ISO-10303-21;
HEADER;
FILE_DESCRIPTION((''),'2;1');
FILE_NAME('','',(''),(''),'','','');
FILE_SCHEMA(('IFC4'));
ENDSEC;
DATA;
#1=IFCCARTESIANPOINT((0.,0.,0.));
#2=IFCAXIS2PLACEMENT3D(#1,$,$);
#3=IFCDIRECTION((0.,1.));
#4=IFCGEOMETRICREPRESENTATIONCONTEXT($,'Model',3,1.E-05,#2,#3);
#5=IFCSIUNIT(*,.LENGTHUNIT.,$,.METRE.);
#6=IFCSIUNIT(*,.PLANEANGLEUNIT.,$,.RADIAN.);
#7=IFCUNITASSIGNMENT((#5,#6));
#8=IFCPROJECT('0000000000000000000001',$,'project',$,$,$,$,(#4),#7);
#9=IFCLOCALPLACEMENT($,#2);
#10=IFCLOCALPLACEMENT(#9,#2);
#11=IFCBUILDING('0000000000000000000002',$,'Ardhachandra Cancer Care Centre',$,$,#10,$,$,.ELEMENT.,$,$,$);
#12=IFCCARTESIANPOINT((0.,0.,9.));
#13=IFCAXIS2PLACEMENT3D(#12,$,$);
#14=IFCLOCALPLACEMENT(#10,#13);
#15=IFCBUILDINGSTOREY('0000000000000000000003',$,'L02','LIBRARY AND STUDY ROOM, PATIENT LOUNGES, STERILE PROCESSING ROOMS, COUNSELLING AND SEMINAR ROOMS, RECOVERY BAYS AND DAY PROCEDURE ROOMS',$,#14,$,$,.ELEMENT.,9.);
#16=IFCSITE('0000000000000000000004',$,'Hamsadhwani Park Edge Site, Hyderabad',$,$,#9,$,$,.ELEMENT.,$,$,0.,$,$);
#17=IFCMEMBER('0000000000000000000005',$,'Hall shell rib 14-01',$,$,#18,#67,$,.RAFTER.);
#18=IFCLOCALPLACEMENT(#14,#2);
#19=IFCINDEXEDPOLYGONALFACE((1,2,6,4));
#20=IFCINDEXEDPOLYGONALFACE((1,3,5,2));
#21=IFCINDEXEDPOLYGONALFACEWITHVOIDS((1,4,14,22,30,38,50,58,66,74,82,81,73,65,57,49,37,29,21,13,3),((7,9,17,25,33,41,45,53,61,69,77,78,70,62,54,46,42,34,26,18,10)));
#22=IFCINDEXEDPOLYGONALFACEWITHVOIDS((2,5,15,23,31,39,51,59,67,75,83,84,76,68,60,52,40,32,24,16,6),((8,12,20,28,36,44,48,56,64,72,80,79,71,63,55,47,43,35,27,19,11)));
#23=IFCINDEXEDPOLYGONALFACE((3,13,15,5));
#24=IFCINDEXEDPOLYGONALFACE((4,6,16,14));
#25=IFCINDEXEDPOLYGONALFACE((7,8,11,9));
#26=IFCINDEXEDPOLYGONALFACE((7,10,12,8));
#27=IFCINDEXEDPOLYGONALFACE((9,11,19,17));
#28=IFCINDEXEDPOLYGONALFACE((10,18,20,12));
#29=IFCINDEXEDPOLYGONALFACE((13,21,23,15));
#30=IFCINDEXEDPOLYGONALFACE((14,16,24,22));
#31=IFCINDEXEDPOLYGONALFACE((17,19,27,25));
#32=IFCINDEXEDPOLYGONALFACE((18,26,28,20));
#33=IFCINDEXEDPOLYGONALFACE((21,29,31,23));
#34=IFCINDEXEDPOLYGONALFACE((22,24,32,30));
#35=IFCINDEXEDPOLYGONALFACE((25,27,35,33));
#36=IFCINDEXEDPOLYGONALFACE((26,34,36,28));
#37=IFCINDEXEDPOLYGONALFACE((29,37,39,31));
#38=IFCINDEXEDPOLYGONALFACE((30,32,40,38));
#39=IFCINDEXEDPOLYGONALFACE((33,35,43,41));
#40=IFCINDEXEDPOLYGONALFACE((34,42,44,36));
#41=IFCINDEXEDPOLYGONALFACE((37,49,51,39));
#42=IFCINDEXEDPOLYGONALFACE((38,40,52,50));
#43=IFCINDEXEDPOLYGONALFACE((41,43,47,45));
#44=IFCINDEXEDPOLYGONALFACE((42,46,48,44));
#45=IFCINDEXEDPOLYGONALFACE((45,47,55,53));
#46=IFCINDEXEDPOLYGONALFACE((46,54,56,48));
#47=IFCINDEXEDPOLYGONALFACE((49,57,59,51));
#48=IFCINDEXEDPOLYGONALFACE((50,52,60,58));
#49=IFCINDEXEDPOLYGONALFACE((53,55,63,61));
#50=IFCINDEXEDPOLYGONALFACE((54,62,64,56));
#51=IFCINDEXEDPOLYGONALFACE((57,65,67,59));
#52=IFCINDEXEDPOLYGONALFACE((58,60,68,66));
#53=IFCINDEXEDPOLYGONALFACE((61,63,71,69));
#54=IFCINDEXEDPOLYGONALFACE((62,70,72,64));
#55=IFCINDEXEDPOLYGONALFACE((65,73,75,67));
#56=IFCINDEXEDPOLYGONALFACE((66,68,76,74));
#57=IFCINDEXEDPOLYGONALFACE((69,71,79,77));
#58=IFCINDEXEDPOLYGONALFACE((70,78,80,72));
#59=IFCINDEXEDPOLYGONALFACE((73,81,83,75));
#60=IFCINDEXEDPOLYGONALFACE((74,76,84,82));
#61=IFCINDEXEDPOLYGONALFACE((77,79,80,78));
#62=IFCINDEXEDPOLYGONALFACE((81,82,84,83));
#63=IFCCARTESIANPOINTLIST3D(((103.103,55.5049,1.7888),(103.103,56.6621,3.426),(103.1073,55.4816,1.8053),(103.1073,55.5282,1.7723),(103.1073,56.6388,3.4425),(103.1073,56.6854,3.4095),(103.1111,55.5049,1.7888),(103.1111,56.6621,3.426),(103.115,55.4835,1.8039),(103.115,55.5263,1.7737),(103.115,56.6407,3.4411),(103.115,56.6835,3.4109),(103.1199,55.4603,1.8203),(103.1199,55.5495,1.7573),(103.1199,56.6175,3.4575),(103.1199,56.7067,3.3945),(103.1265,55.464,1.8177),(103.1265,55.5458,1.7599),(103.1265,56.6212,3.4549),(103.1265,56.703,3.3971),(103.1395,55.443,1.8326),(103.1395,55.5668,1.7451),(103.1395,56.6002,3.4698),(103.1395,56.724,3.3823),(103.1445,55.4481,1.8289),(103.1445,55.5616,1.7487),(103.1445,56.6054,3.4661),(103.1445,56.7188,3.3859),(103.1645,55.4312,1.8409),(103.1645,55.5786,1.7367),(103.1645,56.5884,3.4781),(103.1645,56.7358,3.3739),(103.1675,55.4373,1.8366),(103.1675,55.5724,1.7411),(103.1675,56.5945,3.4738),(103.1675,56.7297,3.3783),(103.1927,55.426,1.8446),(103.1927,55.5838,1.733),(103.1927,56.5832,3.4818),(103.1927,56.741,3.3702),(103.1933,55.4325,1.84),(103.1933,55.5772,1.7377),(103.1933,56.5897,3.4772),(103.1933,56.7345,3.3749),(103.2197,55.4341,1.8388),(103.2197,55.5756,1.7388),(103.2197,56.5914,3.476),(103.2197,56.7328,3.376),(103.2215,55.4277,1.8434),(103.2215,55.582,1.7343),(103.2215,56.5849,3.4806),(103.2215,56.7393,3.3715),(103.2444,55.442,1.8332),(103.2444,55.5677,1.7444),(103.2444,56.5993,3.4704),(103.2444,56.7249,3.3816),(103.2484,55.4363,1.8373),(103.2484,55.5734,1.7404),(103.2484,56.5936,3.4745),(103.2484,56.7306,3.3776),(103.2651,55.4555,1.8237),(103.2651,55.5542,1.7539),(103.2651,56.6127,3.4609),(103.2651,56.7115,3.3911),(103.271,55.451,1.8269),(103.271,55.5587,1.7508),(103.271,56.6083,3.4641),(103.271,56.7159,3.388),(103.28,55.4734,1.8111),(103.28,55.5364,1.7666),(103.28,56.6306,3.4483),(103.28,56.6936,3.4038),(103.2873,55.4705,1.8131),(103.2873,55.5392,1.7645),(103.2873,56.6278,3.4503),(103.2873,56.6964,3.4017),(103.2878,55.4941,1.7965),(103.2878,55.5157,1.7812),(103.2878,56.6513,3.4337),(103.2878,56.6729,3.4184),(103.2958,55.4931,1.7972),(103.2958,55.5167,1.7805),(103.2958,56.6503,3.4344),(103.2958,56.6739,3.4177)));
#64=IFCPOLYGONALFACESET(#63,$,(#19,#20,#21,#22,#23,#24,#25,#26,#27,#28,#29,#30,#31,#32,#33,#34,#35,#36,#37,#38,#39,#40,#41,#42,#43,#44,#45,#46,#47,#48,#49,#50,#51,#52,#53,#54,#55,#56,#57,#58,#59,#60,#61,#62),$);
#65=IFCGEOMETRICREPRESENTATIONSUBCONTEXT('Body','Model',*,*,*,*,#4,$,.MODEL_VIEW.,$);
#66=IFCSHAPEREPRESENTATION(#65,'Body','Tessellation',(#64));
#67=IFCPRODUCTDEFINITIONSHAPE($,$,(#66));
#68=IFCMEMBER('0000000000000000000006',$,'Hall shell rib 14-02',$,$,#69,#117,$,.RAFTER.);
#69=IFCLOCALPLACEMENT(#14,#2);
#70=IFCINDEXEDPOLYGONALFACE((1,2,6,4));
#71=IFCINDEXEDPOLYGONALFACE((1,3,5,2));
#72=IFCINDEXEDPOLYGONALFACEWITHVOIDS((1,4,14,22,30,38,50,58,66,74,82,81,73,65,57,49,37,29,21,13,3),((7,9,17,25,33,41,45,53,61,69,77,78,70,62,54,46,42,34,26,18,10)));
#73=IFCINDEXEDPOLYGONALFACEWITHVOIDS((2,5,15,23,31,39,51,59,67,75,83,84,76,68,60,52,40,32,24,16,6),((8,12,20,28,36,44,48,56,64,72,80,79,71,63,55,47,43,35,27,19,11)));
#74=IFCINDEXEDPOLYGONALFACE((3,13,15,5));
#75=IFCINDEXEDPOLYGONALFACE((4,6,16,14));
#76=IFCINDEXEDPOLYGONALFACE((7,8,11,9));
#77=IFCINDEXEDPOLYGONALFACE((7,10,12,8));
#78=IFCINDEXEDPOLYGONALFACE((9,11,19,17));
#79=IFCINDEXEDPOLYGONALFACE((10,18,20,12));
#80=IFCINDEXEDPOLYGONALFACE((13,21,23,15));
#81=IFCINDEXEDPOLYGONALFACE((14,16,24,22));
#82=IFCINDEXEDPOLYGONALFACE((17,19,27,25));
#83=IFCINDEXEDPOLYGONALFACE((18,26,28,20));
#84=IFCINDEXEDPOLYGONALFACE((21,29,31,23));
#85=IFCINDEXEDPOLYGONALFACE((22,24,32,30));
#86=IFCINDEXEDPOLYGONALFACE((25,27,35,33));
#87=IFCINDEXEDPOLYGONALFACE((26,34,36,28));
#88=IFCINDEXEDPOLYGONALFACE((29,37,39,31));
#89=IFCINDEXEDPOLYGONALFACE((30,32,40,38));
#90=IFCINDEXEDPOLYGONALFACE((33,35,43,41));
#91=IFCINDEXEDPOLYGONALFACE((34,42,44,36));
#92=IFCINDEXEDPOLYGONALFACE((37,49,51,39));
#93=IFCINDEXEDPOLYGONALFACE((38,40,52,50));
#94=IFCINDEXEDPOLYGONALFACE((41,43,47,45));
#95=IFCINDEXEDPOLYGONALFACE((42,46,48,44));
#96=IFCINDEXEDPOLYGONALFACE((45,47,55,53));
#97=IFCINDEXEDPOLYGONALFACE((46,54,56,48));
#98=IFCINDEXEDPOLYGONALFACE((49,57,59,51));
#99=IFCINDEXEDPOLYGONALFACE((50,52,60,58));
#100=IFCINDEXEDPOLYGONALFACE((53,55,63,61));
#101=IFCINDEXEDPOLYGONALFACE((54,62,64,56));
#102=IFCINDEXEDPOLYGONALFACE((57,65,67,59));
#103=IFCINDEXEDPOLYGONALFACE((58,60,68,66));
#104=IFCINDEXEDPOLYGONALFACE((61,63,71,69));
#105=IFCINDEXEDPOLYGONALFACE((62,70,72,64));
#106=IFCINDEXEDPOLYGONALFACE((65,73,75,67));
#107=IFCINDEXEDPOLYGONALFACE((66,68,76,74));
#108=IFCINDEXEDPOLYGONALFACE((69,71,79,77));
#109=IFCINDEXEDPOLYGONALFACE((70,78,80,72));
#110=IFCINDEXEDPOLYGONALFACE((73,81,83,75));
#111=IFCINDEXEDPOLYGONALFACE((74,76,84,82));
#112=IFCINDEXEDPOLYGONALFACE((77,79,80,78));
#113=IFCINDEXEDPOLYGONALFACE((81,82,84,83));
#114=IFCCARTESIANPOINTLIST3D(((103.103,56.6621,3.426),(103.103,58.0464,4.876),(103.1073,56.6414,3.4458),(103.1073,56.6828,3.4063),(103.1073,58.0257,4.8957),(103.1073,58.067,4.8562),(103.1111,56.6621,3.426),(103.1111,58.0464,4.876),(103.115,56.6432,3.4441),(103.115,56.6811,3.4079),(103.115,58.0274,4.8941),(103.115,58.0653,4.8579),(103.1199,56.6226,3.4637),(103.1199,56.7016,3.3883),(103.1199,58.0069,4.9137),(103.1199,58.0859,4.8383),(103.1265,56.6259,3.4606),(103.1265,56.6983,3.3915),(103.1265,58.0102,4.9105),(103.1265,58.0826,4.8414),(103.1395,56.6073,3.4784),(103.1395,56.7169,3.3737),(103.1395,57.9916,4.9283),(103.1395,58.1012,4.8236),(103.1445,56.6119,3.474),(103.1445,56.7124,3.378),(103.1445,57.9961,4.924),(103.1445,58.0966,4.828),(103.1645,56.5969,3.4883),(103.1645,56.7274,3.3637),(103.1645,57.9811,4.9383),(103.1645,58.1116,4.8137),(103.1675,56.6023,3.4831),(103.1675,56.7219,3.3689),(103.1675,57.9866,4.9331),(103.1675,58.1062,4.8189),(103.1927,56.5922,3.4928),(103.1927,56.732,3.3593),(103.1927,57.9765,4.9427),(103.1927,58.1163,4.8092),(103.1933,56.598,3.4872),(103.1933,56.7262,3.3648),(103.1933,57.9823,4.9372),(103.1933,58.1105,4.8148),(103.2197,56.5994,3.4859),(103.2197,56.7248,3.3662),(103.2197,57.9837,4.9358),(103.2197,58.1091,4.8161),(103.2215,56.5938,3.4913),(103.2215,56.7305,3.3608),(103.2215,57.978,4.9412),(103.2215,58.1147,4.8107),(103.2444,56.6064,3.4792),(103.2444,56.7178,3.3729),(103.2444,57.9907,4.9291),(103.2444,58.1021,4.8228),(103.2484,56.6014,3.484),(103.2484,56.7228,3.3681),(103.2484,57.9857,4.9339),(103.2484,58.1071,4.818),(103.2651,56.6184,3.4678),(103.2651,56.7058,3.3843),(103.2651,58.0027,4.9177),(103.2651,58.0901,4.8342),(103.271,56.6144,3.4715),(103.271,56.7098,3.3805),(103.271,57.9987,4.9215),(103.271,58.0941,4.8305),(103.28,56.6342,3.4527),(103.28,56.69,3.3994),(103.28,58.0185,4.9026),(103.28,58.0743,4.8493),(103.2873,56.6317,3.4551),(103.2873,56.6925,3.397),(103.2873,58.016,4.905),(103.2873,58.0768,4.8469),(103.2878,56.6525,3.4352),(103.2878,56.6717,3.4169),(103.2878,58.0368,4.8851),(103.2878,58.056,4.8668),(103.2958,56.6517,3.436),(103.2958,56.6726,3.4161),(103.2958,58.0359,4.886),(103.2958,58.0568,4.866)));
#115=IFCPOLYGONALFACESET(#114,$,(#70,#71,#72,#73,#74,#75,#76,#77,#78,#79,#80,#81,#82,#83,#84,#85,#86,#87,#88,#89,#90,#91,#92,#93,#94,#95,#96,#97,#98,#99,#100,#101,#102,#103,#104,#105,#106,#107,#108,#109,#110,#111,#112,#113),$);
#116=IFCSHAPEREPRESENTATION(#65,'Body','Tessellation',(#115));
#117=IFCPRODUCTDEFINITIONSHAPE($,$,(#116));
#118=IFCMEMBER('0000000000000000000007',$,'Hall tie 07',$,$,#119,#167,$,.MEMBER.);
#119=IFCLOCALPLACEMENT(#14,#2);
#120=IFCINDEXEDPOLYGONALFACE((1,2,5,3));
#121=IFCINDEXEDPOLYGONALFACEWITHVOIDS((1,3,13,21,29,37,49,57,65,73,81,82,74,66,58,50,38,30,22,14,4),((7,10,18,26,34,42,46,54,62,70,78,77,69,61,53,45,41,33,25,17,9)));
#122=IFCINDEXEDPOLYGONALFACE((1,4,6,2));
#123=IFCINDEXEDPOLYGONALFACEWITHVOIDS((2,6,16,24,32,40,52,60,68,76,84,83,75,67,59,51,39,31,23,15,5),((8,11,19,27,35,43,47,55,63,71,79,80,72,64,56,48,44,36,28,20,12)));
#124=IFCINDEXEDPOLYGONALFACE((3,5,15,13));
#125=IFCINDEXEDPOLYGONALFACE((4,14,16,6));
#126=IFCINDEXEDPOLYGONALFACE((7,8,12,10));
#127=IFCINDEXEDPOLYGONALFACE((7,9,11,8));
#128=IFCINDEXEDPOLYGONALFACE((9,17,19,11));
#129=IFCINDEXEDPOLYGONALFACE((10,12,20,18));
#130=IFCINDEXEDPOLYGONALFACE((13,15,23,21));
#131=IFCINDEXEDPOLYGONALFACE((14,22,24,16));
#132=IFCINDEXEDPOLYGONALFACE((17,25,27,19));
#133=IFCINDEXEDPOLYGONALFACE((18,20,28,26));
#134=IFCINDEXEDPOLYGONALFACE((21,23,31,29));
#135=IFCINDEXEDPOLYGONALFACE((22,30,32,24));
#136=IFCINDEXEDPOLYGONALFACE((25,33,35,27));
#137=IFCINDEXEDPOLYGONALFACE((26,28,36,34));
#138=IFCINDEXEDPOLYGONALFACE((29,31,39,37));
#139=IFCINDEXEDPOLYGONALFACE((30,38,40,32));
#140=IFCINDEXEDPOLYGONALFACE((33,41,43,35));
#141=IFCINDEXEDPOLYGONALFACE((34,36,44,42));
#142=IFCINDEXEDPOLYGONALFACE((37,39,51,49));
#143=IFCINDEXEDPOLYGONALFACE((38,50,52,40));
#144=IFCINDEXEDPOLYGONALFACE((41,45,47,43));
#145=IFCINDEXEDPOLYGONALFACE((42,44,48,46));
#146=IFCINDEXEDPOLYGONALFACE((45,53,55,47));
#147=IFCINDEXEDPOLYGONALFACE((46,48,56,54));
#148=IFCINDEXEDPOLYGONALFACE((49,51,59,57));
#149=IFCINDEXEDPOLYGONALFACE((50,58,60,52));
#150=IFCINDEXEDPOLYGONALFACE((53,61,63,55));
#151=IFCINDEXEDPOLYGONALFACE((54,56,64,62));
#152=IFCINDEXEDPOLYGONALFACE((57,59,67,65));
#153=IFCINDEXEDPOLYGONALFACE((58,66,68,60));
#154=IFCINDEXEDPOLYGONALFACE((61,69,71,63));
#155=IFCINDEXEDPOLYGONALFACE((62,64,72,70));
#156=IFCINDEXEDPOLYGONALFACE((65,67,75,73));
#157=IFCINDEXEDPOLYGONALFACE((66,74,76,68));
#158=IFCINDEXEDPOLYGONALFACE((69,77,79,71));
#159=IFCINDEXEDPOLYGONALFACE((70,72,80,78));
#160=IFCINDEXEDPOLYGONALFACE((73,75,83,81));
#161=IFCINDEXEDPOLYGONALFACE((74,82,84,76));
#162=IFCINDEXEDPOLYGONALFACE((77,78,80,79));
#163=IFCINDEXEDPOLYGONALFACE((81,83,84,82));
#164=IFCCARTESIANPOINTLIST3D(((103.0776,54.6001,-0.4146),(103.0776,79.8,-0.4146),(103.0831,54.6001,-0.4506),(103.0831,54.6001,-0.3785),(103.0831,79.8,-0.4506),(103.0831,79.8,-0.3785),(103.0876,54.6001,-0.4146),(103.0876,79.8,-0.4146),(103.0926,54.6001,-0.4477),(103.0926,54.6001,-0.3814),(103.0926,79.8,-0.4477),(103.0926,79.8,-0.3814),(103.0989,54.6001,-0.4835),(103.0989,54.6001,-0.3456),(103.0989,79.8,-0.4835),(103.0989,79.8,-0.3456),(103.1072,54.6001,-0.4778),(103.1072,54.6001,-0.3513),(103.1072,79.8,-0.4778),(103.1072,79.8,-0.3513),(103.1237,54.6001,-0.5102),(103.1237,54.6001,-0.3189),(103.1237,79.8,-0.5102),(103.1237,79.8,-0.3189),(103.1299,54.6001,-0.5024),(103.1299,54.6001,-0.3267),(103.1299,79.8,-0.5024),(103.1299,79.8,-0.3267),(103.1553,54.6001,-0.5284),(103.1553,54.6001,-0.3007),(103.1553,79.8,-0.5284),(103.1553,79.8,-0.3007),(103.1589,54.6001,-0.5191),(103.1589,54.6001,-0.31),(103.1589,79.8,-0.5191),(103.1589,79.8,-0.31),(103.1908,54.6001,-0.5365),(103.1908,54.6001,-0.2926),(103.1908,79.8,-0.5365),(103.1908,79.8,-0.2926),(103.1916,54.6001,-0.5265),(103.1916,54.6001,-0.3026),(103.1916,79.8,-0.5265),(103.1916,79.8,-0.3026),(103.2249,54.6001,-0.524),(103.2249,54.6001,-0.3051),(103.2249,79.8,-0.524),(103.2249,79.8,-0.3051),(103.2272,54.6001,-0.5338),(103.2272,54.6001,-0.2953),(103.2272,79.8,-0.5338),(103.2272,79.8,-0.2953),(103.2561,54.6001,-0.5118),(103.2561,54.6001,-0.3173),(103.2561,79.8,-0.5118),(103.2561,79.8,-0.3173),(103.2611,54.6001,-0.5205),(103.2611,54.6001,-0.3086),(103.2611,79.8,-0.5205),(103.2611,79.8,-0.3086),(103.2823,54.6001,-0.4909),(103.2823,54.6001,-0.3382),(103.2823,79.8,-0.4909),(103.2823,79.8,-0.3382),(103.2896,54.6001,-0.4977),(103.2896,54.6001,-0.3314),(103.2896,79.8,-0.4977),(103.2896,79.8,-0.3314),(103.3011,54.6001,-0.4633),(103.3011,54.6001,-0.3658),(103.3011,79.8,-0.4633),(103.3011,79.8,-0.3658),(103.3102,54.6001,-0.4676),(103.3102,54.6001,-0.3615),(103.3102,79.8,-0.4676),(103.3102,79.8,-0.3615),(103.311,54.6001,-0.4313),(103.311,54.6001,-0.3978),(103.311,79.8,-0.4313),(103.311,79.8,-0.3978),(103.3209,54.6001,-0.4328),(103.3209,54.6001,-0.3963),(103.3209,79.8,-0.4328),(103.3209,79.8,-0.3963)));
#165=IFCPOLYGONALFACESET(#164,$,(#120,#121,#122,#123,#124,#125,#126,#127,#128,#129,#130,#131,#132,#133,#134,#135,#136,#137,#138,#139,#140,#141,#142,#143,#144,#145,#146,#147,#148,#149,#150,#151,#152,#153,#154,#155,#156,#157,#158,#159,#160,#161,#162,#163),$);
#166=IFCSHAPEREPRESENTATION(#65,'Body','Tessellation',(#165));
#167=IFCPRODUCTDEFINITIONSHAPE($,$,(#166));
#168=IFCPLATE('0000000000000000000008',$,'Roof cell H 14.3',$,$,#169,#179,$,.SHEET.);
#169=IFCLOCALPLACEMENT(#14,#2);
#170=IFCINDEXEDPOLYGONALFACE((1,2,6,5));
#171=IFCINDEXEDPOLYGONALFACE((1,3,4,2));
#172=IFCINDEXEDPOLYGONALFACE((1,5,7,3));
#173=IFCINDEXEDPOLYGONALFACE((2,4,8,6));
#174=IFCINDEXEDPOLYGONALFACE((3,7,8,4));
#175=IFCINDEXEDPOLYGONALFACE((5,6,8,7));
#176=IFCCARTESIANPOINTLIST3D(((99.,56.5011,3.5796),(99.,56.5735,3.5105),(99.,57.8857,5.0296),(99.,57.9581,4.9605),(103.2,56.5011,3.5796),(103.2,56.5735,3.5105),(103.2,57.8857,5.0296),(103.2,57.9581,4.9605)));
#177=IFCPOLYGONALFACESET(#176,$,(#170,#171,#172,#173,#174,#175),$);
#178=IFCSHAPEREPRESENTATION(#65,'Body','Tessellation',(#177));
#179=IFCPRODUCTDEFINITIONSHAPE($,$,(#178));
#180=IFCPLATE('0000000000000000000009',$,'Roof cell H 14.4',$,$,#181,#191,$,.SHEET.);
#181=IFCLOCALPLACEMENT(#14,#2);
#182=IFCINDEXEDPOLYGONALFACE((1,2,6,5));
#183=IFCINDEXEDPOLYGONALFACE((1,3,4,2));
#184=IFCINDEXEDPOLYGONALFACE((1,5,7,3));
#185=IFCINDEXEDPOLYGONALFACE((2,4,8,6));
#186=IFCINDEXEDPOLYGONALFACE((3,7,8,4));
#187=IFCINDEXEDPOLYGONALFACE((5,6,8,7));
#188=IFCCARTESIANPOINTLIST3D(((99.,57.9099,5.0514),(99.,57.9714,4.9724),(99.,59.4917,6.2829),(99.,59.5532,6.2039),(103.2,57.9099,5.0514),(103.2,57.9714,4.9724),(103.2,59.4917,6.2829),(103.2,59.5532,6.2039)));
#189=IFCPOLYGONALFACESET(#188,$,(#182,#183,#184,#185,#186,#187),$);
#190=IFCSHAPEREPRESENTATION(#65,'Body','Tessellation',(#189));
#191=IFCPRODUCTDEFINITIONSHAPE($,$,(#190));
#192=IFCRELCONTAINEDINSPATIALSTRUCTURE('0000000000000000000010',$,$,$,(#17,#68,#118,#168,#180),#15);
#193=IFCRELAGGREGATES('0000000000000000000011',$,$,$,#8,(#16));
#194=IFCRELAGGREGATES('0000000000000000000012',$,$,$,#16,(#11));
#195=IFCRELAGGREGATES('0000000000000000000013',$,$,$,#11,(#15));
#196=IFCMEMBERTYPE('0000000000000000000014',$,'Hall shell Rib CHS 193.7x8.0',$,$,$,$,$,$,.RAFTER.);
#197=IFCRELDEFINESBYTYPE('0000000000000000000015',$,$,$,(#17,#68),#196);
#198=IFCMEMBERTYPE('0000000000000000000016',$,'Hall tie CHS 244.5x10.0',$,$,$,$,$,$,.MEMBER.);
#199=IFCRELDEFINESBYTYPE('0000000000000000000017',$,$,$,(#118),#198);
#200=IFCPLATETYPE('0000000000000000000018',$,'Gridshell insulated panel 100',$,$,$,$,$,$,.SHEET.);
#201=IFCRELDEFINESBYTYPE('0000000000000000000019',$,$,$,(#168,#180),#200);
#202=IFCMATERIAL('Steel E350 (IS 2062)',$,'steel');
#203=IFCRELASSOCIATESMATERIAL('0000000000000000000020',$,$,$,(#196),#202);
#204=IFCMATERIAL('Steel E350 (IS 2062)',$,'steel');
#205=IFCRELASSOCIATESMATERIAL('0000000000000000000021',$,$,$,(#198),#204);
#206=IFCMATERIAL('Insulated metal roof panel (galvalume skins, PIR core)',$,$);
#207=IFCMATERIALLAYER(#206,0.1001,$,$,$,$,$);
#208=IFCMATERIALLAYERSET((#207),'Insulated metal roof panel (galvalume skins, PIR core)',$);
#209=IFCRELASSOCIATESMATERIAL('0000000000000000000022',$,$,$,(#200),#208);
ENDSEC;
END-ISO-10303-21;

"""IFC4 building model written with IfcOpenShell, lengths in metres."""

from ifc_helpers import new_model, si_unit, direction, frame, origin, origin_2d, place, context, subcontext, project, spatial, polyline, hollow_circle, outline, extrude, material, layer, layer_set, material_profile, profile_set, type_object, element, save


model = new_model("IFC4")

# Units and contexts
model_context = context("Model", 3, precision=1e-05, world=origin(), true_north=direction((0.0, 1.0)))
body_context = subcontext(model_context, "Body", "Model", "MODEL_VIEW")
ifc_project = project(units=[si_unit("LENGTHUNIT", "METRE"), si_unit("PLANEANGLEUNIT", "RADIAN")], contexts=[model_context])

# Site, building, storey
site_placement = place(None, origin())
site = spatial("IfcSite", under=ifc_project, at=site_placement, Name="Hamsadhwani Park Edge Site, Hyderabad", CompositionType="ELEMENT", RefElevation=0.0)
building_placement = place(site_placement, origin())
building = spatial("IfcBuilding", under=site, at=building_placement, Name="Ardhachandra Cancer Care Centre", CompositionType="ELEMENT")
storey_placement = place(building_placement, frame((0.0, 0.0, 9.0)))
storey = spatial("IfcBuildingStorey", under=building, at=storey_placement, Name="L02", Description="LIBRARY AND STUDY ROOM, PATIENT LOUNGES, STERILE PROCESSING ROOMS, COUNSELLING AND SEMINAR ROOMS, RECOVERY BAYS AND DAY PROCEDURE ROOMS", CompositionType="ELEMENT", Elevation=9.0)

# Members
ifc_material_1 = material(Name="Steel E350 (IS 2062)", Category="steel")
ifc_material_profile_1 = material_profile(ifc_material_1, hollow_circle(Radius=0.0969, WallThickness=0.0081, at=origin_2d()), Name="CHS 193.7x8.0")
ifc_profile_set_1 = profile_set([ifc_material_profile_1], Name="Steel E350 (IS 2062)")
member_type_1 = type_object("IfcMemberType", Name="Hall shell Rib CHS 193.7x8.0", PredefinedType="RAFTER", material=ifc_profile_set_1)
member_1_placement = place(storey_placement, frame((103.2, 55.5049, 1.7888), z_axis=(0.0, 0.577199, 0.816603), x_axis=(-1.0, 0.0, 0.0)))
element("IfcMember", 1, at=member_1_placement, inside=storey, type_object=member_type_1, Name="Hall shell rib 14-01", PredefinedType="RAFTER", context=body_context, shape_type="SweptSolid", body=[
    extrude(hollow_circle(Radius=0.0969, WallThickness=0.0081, at=origin_2d()), origin(), (0.0, 0.0, 1.0), 2.0049),
])
member_2_placement = place(storey_placement, frame((103.2, 56.6621, 3.426), z_axis=(0.0, 0.690537, 0.723297), x_axis=(-1.0, 0.0, 0.0)))
element("IfcMember", 2, at=member_2_placement, inside=storey, type_object=member_type_1, Name="Hall shell rib 14-02", PredefinedType="RAFTER", context=body_context, shape_type="SweptSolid", body=[
    extrude(hollow_circle(Radius=0.0969, WallThickness=0.0081, at=origin_2d()), origin(), (0.0, 0.0, 1.0), 2.0046),
])
ifc_material_2 = material(Name="Steel E350 (IS 2062)", Category="steel")
ifc_material_profile_2 = material_profile(ifc_material_2, hollow_circle(Radius=0.1223, WallThickness=0.01, at=origin_2d()), Name="CHS 244.5x10.0")
ifc_profile_set_2 = profile_set([ifc_material_profile_2], Name="Steel E350 (IS 2062)")
member_type_2 = type_object("IfcMemberType", Name="Hall tie CHS 244.5x10.0", PredefinedType="MEMBER", material=ifc_profile_set_2)
member_3_placement = place(storey_placement, frame((103.2, 54.6001, -0.4146), z_axis=(0.0, 1.0, 0.0), x_axis=(-1.0, 0.0, 0.0)))
element("IfcMember", 3, at=member_3_placement, inside=storey, type_object=member_type_2, Name="Hall tie 07", PredefinedType="MEMBER", context=body_context, shape_type="SweptSolid", body=[
    extrude(hollow_circle(Radius=0.1223, WallThickness=0.01, at=origin_2d()), origin(), (0.0, 0.0, 1.0), 25.2),
])

# Plates
ifc_material_3 = material(Name="Insulated metal roof panel (galvalume skins, PIR core)")
ifc_layer = layer(ifc_material_3, 0.1001)
ifc_layer_set = layer_set([ifc_layer], Name="Insulated metal roof panel (galvalume skins, PIR core)")
plate_type = type_object("IfcPlateType", Name="Gridshell insulated panel 100", PredefinedType="SHEET", material=ifc_layer_set)
plate_1_placement = place(storey_placement, frame((99.0, 56.5735, 3.5105), z_axis=(0.0, -0.723237, 0.6906), x_axis=(1.0, 0.0, 0.0)))
element("IfcPlate", 4, at=plate_1_placement, inside=storey, type_object=plate_type, Name="Roof cell H 14.3", PredefinedType="SHEET", context=body_context, shape_type="SweptSolid", body=[
    extrude(outline(polyline([(0.0, 0.0), (4.2, 0.0), (4.2, 2.0049), (0.0, 2.0049), (0.0, 0.0)])), origin(), (0.0, 0.0, 1.0), 0.1001),
])
for number, where, z_axis, x_axis, name in (
    (5, (99.0, 57.9714, 4.9724), (0.0, -0.614303, 0.78907), (1.0, 0.0, 0.0), "Roof cell H 14.4"),
):
    element("IfcPlate", number, at=place(storey_placement, frame(where, z_axis=z_axis, x_axis=x_axis)), inside=storey, type_object=plate_type, Name=name, PredefinedType="SHEET", context=body_context, shape_type="SweptSolid", body=[
        extrude(outline(polyline([(0.0, 0.0), (4.2, 0.0), (4.2, 2.0046), (0.0, 2.0046), (0.0, 0.0)])), origin(), (0.0, 0.0, 1.0), 0.1001),
    ])

save(model, "model.ifc")
